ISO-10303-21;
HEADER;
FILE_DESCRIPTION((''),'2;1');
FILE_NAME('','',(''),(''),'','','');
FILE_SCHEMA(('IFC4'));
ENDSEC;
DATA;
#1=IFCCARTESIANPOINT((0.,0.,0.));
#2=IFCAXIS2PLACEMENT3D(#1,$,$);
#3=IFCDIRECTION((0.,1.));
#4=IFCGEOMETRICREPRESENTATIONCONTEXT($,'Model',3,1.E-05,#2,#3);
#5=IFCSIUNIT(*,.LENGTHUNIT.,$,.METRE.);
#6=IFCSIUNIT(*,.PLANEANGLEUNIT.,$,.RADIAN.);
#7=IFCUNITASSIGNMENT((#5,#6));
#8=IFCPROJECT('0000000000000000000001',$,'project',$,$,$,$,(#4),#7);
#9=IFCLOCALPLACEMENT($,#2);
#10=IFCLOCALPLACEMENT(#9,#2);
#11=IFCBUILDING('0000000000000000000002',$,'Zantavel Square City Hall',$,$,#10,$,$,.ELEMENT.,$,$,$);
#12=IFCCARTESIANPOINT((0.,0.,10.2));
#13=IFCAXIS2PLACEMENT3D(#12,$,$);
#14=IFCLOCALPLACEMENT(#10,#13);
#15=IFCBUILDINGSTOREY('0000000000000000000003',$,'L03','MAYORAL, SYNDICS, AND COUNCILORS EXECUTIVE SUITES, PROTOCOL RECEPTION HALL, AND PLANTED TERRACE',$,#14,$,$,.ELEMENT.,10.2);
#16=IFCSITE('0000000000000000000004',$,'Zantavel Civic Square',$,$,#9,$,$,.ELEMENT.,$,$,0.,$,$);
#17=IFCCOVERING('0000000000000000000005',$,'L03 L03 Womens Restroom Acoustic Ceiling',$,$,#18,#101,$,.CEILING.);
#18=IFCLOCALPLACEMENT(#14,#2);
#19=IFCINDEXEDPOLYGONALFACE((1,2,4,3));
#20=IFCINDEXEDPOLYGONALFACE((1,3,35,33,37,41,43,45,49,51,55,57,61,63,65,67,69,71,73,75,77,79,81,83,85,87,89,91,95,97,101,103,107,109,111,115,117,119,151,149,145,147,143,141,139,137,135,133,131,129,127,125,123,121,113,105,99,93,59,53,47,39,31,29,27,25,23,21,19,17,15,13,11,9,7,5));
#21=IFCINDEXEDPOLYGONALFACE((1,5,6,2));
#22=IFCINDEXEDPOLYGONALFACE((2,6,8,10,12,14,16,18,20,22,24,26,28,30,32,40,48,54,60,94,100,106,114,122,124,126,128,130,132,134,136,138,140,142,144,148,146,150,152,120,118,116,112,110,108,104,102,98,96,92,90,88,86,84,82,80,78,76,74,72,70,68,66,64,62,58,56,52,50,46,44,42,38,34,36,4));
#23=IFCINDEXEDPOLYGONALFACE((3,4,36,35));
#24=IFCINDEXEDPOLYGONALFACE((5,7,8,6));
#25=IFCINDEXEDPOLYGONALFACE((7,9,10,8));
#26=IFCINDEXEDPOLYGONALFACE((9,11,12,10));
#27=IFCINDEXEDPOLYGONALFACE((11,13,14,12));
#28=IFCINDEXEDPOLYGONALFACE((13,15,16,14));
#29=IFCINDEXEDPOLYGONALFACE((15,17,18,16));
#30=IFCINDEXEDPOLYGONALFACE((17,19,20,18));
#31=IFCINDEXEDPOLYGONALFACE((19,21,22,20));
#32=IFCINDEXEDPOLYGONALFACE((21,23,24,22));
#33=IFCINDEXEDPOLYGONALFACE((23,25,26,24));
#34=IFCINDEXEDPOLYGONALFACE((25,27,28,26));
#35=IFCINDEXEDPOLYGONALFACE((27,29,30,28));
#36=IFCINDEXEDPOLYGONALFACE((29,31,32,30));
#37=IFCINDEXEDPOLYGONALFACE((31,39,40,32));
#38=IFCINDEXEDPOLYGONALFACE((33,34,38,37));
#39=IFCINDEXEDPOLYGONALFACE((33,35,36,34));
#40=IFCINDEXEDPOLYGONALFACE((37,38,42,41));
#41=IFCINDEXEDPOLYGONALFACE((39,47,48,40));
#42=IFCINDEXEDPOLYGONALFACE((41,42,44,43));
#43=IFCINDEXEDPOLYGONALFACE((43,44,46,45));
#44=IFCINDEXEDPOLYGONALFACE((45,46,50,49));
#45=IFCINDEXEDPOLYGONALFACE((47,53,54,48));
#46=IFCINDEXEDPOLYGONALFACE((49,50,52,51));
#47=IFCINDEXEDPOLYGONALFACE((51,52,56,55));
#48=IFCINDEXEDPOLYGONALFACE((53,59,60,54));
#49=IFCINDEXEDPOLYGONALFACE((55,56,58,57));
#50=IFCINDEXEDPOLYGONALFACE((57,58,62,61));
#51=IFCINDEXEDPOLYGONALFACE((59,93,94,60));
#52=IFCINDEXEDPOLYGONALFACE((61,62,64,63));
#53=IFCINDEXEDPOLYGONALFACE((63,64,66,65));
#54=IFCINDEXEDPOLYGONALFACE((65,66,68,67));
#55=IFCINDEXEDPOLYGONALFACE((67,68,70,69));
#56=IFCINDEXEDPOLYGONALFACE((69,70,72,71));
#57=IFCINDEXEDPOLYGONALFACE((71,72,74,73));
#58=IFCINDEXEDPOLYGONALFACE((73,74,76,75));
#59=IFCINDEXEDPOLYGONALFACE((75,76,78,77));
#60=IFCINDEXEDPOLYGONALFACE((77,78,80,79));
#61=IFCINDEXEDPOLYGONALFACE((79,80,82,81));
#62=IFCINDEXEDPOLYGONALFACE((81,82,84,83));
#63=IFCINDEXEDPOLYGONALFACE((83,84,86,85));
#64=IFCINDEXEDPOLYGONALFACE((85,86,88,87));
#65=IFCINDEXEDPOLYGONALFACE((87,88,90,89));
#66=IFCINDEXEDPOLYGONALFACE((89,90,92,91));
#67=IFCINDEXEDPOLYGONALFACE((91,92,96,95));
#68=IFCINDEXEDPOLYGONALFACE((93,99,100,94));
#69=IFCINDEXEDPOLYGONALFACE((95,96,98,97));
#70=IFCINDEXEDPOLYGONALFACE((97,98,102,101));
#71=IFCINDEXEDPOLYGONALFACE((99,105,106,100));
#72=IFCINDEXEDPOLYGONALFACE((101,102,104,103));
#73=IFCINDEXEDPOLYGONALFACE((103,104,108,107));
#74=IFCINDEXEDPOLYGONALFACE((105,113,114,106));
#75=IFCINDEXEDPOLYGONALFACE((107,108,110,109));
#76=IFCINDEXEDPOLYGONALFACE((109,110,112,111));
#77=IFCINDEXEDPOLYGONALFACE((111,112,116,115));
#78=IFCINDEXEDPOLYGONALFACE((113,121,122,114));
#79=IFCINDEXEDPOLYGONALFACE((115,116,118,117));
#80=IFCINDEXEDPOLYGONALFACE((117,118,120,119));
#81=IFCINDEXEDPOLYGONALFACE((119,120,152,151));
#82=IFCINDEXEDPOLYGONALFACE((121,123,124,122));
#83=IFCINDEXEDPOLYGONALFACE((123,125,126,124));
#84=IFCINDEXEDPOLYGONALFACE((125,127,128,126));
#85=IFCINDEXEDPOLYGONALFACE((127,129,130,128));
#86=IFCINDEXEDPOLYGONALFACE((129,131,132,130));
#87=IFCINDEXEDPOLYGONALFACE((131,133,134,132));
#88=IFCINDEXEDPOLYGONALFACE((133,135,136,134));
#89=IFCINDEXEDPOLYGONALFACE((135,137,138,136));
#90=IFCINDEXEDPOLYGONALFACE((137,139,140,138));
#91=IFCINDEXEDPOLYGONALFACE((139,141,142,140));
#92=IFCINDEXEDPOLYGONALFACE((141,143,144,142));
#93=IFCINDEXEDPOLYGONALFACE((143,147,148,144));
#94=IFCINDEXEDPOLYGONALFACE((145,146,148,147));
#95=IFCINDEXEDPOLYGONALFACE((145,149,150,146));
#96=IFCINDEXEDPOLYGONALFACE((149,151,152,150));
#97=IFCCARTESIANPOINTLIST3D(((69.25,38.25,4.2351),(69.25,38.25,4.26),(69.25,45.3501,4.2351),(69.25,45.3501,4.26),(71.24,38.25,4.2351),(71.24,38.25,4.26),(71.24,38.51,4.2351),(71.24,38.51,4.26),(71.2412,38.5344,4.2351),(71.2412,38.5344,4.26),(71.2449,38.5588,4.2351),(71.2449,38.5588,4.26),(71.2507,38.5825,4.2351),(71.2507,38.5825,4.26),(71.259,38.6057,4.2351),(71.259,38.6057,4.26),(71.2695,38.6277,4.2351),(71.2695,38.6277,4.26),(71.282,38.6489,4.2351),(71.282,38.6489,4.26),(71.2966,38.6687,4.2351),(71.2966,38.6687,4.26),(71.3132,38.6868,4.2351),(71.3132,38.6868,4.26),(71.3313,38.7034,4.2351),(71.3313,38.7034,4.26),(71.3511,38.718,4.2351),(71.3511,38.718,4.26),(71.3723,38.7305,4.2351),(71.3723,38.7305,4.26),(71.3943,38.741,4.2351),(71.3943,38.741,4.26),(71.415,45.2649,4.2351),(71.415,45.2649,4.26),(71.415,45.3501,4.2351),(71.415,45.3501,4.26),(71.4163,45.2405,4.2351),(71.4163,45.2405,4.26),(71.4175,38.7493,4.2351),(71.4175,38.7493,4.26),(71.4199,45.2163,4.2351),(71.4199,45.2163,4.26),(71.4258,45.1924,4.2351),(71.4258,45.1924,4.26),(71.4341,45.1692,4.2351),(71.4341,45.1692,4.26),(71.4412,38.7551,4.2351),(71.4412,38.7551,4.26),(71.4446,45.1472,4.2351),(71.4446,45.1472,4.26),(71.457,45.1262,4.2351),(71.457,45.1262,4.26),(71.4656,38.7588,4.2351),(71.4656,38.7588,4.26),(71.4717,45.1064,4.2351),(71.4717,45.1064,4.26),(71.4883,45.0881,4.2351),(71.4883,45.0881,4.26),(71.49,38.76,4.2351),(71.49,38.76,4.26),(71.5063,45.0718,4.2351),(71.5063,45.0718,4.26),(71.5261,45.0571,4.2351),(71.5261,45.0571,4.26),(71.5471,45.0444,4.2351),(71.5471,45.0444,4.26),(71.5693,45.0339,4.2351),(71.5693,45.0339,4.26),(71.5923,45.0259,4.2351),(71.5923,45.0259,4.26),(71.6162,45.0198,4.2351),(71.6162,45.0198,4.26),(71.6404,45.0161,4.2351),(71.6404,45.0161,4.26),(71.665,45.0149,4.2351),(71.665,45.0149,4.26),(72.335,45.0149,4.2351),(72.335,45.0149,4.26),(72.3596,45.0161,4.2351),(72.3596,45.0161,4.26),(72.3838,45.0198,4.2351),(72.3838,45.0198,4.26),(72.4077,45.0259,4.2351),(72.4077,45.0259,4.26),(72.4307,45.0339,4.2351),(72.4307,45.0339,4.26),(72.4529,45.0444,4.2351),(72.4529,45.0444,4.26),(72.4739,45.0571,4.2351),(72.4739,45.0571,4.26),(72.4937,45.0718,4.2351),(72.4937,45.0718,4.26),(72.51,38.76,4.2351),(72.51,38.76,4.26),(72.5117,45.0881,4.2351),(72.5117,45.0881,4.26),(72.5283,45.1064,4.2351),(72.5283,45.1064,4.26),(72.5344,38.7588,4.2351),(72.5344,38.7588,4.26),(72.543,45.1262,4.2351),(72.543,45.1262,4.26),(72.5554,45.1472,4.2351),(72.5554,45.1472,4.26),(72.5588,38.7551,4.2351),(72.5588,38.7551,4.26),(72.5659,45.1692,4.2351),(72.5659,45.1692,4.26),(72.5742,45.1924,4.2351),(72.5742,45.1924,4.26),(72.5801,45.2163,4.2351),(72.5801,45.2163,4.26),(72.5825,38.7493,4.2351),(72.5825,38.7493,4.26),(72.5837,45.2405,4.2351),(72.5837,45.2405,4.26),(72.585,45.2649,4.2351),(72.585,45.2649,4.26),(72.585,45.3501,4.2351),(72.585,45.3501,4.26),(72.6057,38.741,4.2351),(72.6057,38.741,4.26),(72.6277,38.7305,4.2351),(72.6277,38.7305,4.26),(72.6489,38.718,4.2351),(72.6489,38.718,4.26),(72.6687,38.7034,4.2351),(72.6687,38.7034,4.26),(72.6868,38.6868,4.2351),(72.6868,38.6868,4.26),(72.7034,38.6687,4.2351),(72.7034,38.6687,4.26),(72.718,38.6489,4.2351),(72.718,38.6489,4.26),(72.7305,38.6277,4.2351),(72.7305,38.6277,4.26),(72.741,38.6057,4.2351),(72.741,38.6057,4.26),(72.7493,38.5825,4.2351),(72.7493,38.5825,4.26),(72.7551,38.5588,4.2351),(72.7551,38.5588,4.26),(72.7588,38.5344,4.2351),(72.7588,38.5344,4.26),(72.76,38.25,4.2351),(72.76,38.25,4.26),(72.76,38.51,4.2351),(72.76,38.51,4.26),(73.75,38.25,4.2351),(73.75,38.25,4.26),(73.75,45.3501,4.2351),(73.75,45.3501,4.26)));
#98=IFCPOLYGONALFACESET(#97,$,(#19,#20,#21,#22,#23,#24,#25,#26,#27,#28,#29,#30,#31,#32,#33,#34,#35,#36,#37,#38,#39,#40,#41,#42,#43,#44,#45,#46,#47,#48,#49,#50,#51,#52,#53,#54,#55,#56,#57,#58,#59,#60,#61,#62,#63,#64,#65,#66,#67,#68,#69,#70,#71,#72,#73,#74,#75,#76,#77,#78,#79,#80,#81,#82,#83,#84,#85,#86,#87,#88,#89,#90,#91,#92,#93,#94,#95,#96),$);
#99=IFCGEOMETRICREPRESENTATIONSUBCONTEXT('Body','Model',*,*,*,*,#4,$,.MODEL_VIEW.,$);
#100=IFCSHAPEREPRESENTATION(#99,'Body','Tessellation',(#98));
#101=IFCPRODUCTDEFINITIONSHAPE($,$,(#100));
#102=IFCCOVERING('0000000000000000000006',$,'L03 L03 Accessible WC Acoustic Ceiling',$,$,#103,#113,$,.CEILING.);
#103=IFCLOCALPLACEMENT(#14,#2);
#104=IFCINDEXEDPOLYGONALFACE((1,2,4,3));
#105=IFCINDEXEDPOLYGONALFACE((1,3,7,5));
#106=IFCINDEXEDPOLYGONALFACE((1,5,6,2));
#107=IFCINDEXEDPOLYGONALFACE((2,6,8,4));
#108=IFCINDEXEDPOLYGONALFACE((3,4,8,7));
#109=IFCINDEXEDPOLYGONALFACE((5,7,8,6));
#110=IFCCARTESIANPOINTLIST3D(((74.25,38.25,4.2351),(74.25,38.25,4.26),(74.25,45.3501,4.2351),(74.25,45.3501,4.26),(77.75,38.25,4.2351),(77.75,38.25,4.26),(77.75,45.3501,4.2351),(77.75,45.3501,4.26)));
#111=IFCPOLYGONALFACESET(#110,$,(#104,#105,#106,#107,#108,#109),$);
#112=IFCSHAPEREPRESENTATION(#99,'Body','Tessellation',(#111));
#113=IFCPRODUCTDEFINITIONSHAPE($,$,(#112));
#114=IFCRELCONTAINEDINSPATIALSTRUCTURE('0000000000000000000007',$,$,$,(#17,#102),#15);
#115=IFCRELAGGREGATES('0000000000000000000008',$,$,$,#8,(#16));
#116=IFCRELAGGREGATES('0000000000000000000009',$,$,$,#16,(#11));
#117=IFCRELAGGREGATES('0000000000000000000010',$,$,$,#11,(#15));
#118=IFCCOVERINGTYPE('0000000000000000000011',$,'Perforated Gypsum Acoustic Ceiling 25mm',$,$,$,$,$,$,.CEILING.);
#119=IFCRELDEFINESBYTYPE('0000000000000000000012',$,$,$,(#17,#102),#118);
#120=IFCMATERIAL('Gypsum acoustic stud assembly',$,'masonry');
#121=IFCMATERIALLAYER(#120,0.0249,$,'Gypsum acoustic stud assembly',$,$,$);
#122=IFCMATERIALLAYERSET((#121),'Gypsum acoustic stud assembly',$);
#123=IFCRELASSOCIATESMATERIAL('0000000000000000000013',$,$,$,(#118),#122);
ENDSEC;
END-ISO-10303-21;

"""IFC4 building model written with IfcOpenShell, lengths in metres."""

from ifc_helpers import new_model, si_unit, direction, frame, origin, place, context, subcontext, project, spatial, polyline, outline, extrude, material, layer, layer_set, type_object, element, save


model = new_model("IFC4")

# Units and contexts
model_context = context("Model", 3, precision=1e-05, world=origin(), true_north=direction((0.0, 1.0)))
body_context = subcontext(model_context, "Body", "Model", "MODEL_VIEW")
ifc_project = project(units=[si_unit("LENGTHUNIT", "METRE"), si_unit("PLANEANGLEUNIT", "RADIAN")], contexts=[model_context])

# Site, building, storey
site_placement = place(None, origin())
site = spatial("IfcSite", under=ifc_project, at=site_placement, Name="Zantavel Civic Square", CompositionType="ELEMENT", RefElevation=0.0)
building_placement = place(site_placement, origin())
building = spatial("IfcBuilding", under=site, at=building_placement, Name="Zantavel Square City Hall", CompositionType="ELEMENT")
storey_placement = place(building_placement, frame((0.0, 0.0, 10.2)))
storey = spatial("IfcBuildingStorey", under=building, at=storey_placement, Name="L03", Description="MAYORAL, SYNDICS, AND COUNCILORS EXECUTIVE SUITES, PROTOCOL RECEPTION HALL, AND PLANTED TERRACE", CompositionType="ELEMENT", Elevation=10.2)

# Coverings
ifc_material_1 = material(Name="Gypsum acoustic stud assembly", Category="masonry")
ifc_layer_1 = layer(ifc_material_1, 0.0249, Name="Gypsum acoustic stud assembly")
ifc_layer_set_1 = layer_set([ifc_layer_1], Name="Gypsum acoustic stud assembly")
covering_type_1 = type_object("IfcCoveringType", Name="Perforated Gypsum Acoustic Ceiling 25mm", PredefinedType="CEILING", material=ifc_layer_set_1)
covering_1_placement = place(storey_placement, frame((0.0, 0.0, 4.2351)))
element("IfcCovering", 1, at=covering_1_placement, inside=storey, type_object=covering_type_1, Name="L03 L03 Womens Restroom Acoustic Ceiling", PredefinedType="CEILING", context=body_context, shape_type="SweptSolid", body=[
    extrude(outline(polyline([(72.76, 38.51), (72.7588, 38.5344), (72.7551, 38.5588), (72.7493, 38.5825), (72.741, 38.6057), (72.7305, 38.6277), (72.718, 38.6489), (72.7034, 38.6687), (72.6868, 38.6868), (72.6687, 38.7034), (72.6489, 38.718), (72.6277, 38.7305), (72.6057, 38.741), (72.5825, 38.7493), (72.5588, 38.7551), (72.5344, 38.7588), (72.51, 38.76), (71.49, 38.76), (71.4656, 38.7588), (71.4412, 38.7551), (71.4175, 38.7493), (71.3943, 38.741), (71.3723, 38.7305), (71.3511, 38.718), (71.3313, 38.7034), (71.3132, 38.6868), (71.2966, 38.6687), (71.282, 38.6489), (71.2695, 38.6277), (71.259, 38.6057), (71.2507, 38.5825), (71.2449, 38.5588), (71.2412, 38.5344), (71.24, 38.51), (71.24, 38.25), (69.25, 38.25), (69.25, 45.3501), (71.415, 45.3501), (71.415, 45.2649), (71.4163, 45.2405), (71.4199, 45.2163), (71.4258, 45.1924), (71.4341, 45.1692), (71.4446, 45.1472), (71.457, 45.1262), (71.4717, 45.1064), (71.4883, 45.0881), (71.5063, 45.0718), (71.5261, 45.0571), (71.5471, 45.0444), (71.5693, 45.0339), (71.5923, 45.0259), (71.6162, 45.0198), (71.6404, 45.0161), (71.665, 45.0149), (72.335, 45.0149), (72.3596, 45.0161), (72.3838, 45.0198), (72.4077, 45.0259), (72.4307, 45.0339), (72.4529, 45.0444), (72.4739, 45.0571), (72.4937, 45.0718), (72.5117, 45.0881), (72.5283, 45.1064), (72.543, 45.1262), (72.5554, 45.1472), (72.5659, 45.1692), (72.5742, 45.1924), (72.5801, 45.2163), (72.5837, 45.2405), (72.585, 45.2649), (72.585, 45.3501), (73.75, 45.3501), (73.75, 38.25), (72.76, 38.25), (72.76, 38.51)])), origin(), (0.0, 0.0, 1.0), 0.0249),
])
covering_2_placement = place(storey_placement, frame((0.0, 0.0, 4.2351)))
element("IfcCovering", 2, at=covering_2_placement, inside=storey, type_object=covering_type_1, Name="L03 L03 Accessible WC Acoustic Ceiling", PredefinedType="CEILING", context=body_context, shape_type="SweptSolid", body=[
    extrude(outline(polyline([(74.25, 45.3501), (77.75, 45.3501), (77.75, 38.25), (74.25, 38.25), (74.25, 45.3501)])), origin(), (0.0, 0.0, 1.0), 0.0249),
])

save(model, "model.ifc")
